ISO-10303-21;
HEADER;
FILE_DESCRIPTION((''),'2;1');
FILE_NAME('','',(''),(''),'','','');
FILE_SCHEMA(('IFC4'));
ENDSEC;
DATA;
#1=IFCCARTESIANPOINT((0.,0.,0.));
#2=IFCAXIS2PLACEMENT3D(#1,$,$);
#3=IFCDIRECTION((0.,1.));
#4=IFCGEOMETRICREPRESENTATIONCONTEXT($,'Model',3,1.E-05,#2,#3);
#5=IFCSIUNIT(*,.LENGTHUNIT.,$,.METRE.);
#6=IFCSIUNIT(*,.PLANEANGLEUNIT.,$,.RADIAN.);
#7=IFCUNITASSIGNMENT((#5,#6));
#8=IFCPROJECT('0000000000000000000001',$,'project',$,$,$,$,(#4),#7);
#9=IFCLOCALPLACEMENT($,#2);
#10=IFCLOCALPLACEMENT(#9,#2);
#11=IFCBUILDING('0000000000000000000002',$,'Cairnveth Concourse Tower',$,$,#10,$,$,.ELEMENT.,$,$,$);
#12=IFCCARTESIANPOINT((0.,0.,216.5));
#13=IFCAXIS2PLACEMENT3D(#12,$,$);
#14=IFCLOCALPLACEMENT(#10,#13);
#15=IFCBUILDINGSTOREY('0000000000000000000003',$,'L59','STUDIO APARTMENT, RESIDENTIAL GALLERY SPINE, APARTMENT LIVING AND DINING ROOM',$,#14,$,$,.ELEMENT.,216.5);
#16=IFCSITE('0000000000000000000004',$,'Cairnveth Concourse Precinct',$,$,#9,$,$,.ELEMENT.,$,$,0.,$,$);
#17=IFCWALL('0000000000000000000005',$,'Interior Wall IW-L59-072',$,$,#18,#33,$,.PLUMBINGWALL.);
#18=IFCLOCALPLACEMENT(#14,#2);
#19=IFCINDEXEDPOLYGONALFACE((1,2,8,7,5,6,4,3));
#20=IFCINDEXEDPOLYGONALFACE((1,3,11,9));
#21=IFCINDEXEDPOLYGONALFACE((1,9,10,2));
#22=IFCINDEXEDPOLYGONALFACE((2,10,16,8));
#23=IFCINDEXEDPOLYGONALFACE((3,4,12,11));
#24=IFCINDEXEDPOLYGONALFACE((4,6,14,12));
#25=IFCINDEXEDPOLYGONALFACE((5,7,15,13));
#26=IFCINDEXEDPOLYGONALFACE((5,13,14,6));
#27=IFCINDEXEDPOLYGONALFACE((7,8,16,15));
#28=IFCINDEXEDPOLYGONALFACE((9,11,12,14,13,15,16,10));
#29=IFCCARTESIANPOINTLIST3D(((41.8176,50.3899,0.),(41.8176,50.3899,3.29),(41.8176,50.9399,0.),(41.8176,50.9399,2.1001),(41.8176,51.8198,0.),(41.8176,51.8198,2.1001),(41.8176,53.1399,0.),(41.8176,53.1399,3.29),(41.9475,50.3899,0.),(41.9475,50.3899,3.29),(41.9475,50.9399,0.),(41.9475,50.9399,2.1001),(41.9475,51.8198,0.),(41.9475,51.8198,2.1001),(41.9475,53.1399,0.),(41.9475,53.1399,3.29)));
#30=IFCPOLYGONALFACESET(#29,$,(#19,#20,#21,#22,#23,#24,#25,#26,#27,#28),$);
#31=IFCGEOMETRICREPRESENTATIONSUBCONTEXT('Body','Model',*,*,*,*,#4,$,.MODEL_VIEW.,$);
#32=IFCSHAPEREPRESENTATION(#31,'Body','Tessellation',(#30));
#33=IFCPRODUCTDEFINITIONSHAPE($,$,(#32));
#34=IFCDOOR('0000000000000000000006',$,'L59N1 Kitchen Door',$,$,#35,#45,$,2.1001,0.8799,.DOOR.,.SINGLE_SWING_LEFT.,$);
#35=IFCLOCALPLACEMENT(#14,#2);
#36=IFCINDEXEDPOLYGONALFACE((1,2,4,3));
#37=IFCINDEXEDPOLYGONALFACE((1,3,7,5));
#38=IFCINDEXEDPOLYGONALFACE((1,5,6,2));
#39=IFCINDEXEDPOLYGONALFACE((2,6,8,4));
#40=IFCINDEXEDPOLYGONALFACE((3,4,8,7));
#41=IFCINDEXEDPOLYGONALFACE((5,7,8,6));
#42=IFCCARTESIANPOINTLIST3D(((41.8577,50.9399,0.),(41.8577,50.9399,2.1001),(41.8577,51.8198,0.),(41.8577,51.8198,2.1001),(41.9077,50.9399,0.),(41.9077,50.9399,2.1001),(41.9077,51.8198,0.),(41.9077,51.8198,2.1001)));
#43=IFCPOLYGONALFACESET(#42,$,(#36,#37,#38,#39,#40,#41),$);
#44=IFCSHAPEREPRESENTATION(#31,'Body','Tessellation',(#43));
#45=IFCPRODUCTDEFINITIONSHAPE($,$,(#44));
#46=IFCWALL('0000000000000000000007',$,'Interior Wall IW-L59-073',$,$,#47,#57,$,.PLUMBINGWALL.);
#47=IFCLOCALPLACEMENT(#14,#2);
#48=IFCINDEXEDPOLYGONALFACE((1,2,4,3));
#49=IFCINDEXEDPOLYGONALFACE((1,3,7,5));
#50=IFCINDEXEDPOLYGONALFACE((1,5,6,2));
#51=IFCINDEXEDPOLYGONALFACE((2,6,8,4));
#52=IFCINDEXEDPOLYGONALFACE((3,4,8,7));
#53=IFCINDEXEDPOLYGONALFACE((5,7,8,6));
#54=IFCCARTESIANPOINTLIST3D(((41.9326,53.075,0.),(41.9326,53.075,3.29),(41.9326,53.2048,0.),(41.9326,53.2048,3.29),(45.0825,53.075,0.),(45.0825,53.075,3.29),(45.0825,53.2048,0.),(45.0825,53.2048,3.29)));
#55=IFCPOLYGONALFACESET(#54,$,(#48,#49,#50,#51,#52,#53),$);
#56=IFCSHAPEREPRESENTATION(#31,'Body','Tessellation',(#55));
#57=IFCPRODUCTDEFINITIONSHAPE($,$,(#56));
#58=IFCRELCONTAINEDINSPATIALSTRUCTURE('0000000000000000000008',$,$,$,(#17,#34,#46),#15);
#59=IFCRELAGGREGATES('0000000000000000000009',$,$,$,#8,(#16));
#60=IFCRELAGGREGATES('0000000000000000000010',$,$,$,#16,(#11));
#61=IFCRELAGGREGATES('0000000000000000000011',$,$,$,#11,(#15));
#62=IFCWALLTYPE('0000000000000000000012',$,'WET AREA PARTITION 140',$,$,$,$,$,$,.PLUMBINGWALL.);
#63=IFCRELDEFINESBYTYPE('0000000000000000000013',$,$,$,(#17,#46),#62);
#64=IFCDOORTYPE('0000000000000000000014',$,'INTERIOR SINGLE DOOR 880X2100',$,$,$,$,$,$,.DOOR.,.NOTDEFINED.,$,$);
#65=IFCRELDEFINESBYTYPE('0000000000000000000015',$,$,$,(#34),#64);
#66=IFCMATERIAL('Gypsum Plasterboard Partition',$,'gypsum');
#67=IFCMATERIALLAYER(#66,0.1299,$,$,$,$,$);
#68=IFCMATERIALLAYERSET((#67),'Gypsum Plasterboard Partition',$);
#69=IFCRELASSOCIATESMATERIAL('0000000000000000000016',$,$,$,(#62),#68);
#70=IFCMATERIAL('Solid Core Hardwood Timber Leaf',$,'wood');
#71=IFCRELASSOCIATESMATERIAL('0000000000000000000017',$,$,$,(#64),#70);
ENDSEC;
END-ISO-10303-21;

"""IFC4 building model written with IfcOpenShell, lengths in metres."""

from ifc_helpers import new_model, si_unit, direction, frame, frame_2d, origin, place, context, subcontext, project, spatial, rectangle, extrude, material, layer, layer_set, type_object, element, fill, save


model = new_model("IFC4")

# Units and contexts
model_context = context("Model", 3, precision=1e-05, world=origin(), true_north=direction((0.0, 1.0)))
body_context = subcontext(model_context, "Body", "Model", "MODEL_VIEW")
ifc_project = project(units=[si_unit("LENGTHUNIT", "METRE"), si_unit("PLANEANGLEUNIT", "RADIAN")], contexts=[model_context])

# Site, building, storey
site_placement = place(None, origin())
site = spatial("IfcSite", under=ifc_project, at=site_placement, Name="Cairnveth Concourse Precinct", CompositionType="ELEMENT", RefElevation=0.0)
building_placement = place(site_placement, origin())
building = spatial("IfcBuilding", under=site, at=building_placement, Name="Cairnveth Concourse Tower", CompositionType="ELEMENT")
storey_placement = place(building_placement, frame((0.0, 0.0, 216.5)))
storey = spatial("IfcBuildingStorey", under=building, at=storey_placement, Name="L59", Description="STUDIO APARTMENT, RESIDENTIAL GALLERY SPINE, APARTMENT LIVING AND DINING ROOM", CompositionType="ELEMENT", Elevation=216.5)

# Shared definitions
ifc_material_1 = material(Name="Gypsum Plasterboard Partition", Category="gypsum")
ifc_layer_1 = layer(ifc_material_1, 0.1299)
ifc_layer_set_1 = layer_set([ifc_layer_1], Name="Gypsum Plasterboard Partition")
wall_type_1 = type_object("IfcWallType", Name="WET AREA PARTITION 140", PredefinedType="PLUMBINGWALL", material=ifc_layer_set_1)
ifc_material_2 = material(Name="Solid Core Hardwood Timber Leaf", Category="wood")

# Wall, opening, door
wall_1_placement = place(storey_placement, frame((41.8826, 50.3899, 0.0), z_axis=(0.0, 0.0, 1.0), x_axis=(0.0, 1.0, 0.0)))
wall_1 = element("IfcWall", 1, at=wall_1_placement, inside=storey, type_object=wall_type_1, Name="Interior Wall IW-L59-072", PredefinedType="PLUMBINGWALL", context=body_context, shape_type="SweptSolid", body=[
    extrude(rectangle(XDim=2.75, YDim=0.1299, at=frame_2d((1.375, 0.0))), origin(), (0.0, 0.0, 1.0), 3.29),
])
opening_1_placement = place(wall_1_placement, frame((0.55, 0.0, 0.0)))
opening_1 = element("IfcOpeningElement", 2, at=opening_1_placement, cuts=wall_1, PredefinedType="OPENING", context=body_context, shape_type="SweptSolid", body=[
    extrude(rectangle(XDim=0.8799, YDim=2.1001, at=frame_2d((0.4399, 1.05))), frame((0.0, 0.075, 0.0), z_axis=(0.0, -1.0, 0.0), x_axis=(1.0, 0.0, 0.0)), (0.0, 0.0, 1.0), 0.1499),
])
door_type_1 = type_object("IfcDoorType", Name="INTERIOR SINGLE DOOR 880X2100", OperationType="NOTDEFINED", PredefinedType="DOOR", material=ifc_material_2)
door_1_placement = place(opening_1_placement, origin())
door_1 = element("IfcDoor", 3, at=door_1_placement, inside=storey, type_object=door_type_1, Name="L59N1 Kitchen Door", OperationType="SINGLE_SWING_LEFT", OverallHeight=2.1001, OverallWidth=0.8799, PredefinedType="DOOR", context=body_context, shape_type="SweptSolid", body=[
    extrude(rectangle(XDim=0.8799, YDim=2.1001, at=frame_2d((0.4399, 1.05))), frame((0.0, 0.0249, 0.0), z_axis=(0.0, -1.0, 0.0), x_axis=(1.0, 0.0, 0.0)), (0.0, 0.0, 1.0), 0.05),
])
fill(opening_1, door_1)

# Wall
wall_2_placement = place(storey_placement, frame((41.9326, 53.1399, 0.0), z_axis=(0.0, 0.0, 1.0), x_axis=(1.0, 0.0, 0.0)))
element("IfcWall", 4, at=wall_2_placement, inside=storey, type_object=wall_type_1, Name="Interior Wall IW-L59-073", PredefinedType="PLUMBINGWALL", context=body_context, shape_type="SweptSolid", body=[
    extrude(rectangle(XDim=3.1499, YDim=0.1299, at=frame_2d((1.575, 0.0))), origin(), (0.0, 0.0, 1.0), 3.29),
])

save(model, "model.ifc")
